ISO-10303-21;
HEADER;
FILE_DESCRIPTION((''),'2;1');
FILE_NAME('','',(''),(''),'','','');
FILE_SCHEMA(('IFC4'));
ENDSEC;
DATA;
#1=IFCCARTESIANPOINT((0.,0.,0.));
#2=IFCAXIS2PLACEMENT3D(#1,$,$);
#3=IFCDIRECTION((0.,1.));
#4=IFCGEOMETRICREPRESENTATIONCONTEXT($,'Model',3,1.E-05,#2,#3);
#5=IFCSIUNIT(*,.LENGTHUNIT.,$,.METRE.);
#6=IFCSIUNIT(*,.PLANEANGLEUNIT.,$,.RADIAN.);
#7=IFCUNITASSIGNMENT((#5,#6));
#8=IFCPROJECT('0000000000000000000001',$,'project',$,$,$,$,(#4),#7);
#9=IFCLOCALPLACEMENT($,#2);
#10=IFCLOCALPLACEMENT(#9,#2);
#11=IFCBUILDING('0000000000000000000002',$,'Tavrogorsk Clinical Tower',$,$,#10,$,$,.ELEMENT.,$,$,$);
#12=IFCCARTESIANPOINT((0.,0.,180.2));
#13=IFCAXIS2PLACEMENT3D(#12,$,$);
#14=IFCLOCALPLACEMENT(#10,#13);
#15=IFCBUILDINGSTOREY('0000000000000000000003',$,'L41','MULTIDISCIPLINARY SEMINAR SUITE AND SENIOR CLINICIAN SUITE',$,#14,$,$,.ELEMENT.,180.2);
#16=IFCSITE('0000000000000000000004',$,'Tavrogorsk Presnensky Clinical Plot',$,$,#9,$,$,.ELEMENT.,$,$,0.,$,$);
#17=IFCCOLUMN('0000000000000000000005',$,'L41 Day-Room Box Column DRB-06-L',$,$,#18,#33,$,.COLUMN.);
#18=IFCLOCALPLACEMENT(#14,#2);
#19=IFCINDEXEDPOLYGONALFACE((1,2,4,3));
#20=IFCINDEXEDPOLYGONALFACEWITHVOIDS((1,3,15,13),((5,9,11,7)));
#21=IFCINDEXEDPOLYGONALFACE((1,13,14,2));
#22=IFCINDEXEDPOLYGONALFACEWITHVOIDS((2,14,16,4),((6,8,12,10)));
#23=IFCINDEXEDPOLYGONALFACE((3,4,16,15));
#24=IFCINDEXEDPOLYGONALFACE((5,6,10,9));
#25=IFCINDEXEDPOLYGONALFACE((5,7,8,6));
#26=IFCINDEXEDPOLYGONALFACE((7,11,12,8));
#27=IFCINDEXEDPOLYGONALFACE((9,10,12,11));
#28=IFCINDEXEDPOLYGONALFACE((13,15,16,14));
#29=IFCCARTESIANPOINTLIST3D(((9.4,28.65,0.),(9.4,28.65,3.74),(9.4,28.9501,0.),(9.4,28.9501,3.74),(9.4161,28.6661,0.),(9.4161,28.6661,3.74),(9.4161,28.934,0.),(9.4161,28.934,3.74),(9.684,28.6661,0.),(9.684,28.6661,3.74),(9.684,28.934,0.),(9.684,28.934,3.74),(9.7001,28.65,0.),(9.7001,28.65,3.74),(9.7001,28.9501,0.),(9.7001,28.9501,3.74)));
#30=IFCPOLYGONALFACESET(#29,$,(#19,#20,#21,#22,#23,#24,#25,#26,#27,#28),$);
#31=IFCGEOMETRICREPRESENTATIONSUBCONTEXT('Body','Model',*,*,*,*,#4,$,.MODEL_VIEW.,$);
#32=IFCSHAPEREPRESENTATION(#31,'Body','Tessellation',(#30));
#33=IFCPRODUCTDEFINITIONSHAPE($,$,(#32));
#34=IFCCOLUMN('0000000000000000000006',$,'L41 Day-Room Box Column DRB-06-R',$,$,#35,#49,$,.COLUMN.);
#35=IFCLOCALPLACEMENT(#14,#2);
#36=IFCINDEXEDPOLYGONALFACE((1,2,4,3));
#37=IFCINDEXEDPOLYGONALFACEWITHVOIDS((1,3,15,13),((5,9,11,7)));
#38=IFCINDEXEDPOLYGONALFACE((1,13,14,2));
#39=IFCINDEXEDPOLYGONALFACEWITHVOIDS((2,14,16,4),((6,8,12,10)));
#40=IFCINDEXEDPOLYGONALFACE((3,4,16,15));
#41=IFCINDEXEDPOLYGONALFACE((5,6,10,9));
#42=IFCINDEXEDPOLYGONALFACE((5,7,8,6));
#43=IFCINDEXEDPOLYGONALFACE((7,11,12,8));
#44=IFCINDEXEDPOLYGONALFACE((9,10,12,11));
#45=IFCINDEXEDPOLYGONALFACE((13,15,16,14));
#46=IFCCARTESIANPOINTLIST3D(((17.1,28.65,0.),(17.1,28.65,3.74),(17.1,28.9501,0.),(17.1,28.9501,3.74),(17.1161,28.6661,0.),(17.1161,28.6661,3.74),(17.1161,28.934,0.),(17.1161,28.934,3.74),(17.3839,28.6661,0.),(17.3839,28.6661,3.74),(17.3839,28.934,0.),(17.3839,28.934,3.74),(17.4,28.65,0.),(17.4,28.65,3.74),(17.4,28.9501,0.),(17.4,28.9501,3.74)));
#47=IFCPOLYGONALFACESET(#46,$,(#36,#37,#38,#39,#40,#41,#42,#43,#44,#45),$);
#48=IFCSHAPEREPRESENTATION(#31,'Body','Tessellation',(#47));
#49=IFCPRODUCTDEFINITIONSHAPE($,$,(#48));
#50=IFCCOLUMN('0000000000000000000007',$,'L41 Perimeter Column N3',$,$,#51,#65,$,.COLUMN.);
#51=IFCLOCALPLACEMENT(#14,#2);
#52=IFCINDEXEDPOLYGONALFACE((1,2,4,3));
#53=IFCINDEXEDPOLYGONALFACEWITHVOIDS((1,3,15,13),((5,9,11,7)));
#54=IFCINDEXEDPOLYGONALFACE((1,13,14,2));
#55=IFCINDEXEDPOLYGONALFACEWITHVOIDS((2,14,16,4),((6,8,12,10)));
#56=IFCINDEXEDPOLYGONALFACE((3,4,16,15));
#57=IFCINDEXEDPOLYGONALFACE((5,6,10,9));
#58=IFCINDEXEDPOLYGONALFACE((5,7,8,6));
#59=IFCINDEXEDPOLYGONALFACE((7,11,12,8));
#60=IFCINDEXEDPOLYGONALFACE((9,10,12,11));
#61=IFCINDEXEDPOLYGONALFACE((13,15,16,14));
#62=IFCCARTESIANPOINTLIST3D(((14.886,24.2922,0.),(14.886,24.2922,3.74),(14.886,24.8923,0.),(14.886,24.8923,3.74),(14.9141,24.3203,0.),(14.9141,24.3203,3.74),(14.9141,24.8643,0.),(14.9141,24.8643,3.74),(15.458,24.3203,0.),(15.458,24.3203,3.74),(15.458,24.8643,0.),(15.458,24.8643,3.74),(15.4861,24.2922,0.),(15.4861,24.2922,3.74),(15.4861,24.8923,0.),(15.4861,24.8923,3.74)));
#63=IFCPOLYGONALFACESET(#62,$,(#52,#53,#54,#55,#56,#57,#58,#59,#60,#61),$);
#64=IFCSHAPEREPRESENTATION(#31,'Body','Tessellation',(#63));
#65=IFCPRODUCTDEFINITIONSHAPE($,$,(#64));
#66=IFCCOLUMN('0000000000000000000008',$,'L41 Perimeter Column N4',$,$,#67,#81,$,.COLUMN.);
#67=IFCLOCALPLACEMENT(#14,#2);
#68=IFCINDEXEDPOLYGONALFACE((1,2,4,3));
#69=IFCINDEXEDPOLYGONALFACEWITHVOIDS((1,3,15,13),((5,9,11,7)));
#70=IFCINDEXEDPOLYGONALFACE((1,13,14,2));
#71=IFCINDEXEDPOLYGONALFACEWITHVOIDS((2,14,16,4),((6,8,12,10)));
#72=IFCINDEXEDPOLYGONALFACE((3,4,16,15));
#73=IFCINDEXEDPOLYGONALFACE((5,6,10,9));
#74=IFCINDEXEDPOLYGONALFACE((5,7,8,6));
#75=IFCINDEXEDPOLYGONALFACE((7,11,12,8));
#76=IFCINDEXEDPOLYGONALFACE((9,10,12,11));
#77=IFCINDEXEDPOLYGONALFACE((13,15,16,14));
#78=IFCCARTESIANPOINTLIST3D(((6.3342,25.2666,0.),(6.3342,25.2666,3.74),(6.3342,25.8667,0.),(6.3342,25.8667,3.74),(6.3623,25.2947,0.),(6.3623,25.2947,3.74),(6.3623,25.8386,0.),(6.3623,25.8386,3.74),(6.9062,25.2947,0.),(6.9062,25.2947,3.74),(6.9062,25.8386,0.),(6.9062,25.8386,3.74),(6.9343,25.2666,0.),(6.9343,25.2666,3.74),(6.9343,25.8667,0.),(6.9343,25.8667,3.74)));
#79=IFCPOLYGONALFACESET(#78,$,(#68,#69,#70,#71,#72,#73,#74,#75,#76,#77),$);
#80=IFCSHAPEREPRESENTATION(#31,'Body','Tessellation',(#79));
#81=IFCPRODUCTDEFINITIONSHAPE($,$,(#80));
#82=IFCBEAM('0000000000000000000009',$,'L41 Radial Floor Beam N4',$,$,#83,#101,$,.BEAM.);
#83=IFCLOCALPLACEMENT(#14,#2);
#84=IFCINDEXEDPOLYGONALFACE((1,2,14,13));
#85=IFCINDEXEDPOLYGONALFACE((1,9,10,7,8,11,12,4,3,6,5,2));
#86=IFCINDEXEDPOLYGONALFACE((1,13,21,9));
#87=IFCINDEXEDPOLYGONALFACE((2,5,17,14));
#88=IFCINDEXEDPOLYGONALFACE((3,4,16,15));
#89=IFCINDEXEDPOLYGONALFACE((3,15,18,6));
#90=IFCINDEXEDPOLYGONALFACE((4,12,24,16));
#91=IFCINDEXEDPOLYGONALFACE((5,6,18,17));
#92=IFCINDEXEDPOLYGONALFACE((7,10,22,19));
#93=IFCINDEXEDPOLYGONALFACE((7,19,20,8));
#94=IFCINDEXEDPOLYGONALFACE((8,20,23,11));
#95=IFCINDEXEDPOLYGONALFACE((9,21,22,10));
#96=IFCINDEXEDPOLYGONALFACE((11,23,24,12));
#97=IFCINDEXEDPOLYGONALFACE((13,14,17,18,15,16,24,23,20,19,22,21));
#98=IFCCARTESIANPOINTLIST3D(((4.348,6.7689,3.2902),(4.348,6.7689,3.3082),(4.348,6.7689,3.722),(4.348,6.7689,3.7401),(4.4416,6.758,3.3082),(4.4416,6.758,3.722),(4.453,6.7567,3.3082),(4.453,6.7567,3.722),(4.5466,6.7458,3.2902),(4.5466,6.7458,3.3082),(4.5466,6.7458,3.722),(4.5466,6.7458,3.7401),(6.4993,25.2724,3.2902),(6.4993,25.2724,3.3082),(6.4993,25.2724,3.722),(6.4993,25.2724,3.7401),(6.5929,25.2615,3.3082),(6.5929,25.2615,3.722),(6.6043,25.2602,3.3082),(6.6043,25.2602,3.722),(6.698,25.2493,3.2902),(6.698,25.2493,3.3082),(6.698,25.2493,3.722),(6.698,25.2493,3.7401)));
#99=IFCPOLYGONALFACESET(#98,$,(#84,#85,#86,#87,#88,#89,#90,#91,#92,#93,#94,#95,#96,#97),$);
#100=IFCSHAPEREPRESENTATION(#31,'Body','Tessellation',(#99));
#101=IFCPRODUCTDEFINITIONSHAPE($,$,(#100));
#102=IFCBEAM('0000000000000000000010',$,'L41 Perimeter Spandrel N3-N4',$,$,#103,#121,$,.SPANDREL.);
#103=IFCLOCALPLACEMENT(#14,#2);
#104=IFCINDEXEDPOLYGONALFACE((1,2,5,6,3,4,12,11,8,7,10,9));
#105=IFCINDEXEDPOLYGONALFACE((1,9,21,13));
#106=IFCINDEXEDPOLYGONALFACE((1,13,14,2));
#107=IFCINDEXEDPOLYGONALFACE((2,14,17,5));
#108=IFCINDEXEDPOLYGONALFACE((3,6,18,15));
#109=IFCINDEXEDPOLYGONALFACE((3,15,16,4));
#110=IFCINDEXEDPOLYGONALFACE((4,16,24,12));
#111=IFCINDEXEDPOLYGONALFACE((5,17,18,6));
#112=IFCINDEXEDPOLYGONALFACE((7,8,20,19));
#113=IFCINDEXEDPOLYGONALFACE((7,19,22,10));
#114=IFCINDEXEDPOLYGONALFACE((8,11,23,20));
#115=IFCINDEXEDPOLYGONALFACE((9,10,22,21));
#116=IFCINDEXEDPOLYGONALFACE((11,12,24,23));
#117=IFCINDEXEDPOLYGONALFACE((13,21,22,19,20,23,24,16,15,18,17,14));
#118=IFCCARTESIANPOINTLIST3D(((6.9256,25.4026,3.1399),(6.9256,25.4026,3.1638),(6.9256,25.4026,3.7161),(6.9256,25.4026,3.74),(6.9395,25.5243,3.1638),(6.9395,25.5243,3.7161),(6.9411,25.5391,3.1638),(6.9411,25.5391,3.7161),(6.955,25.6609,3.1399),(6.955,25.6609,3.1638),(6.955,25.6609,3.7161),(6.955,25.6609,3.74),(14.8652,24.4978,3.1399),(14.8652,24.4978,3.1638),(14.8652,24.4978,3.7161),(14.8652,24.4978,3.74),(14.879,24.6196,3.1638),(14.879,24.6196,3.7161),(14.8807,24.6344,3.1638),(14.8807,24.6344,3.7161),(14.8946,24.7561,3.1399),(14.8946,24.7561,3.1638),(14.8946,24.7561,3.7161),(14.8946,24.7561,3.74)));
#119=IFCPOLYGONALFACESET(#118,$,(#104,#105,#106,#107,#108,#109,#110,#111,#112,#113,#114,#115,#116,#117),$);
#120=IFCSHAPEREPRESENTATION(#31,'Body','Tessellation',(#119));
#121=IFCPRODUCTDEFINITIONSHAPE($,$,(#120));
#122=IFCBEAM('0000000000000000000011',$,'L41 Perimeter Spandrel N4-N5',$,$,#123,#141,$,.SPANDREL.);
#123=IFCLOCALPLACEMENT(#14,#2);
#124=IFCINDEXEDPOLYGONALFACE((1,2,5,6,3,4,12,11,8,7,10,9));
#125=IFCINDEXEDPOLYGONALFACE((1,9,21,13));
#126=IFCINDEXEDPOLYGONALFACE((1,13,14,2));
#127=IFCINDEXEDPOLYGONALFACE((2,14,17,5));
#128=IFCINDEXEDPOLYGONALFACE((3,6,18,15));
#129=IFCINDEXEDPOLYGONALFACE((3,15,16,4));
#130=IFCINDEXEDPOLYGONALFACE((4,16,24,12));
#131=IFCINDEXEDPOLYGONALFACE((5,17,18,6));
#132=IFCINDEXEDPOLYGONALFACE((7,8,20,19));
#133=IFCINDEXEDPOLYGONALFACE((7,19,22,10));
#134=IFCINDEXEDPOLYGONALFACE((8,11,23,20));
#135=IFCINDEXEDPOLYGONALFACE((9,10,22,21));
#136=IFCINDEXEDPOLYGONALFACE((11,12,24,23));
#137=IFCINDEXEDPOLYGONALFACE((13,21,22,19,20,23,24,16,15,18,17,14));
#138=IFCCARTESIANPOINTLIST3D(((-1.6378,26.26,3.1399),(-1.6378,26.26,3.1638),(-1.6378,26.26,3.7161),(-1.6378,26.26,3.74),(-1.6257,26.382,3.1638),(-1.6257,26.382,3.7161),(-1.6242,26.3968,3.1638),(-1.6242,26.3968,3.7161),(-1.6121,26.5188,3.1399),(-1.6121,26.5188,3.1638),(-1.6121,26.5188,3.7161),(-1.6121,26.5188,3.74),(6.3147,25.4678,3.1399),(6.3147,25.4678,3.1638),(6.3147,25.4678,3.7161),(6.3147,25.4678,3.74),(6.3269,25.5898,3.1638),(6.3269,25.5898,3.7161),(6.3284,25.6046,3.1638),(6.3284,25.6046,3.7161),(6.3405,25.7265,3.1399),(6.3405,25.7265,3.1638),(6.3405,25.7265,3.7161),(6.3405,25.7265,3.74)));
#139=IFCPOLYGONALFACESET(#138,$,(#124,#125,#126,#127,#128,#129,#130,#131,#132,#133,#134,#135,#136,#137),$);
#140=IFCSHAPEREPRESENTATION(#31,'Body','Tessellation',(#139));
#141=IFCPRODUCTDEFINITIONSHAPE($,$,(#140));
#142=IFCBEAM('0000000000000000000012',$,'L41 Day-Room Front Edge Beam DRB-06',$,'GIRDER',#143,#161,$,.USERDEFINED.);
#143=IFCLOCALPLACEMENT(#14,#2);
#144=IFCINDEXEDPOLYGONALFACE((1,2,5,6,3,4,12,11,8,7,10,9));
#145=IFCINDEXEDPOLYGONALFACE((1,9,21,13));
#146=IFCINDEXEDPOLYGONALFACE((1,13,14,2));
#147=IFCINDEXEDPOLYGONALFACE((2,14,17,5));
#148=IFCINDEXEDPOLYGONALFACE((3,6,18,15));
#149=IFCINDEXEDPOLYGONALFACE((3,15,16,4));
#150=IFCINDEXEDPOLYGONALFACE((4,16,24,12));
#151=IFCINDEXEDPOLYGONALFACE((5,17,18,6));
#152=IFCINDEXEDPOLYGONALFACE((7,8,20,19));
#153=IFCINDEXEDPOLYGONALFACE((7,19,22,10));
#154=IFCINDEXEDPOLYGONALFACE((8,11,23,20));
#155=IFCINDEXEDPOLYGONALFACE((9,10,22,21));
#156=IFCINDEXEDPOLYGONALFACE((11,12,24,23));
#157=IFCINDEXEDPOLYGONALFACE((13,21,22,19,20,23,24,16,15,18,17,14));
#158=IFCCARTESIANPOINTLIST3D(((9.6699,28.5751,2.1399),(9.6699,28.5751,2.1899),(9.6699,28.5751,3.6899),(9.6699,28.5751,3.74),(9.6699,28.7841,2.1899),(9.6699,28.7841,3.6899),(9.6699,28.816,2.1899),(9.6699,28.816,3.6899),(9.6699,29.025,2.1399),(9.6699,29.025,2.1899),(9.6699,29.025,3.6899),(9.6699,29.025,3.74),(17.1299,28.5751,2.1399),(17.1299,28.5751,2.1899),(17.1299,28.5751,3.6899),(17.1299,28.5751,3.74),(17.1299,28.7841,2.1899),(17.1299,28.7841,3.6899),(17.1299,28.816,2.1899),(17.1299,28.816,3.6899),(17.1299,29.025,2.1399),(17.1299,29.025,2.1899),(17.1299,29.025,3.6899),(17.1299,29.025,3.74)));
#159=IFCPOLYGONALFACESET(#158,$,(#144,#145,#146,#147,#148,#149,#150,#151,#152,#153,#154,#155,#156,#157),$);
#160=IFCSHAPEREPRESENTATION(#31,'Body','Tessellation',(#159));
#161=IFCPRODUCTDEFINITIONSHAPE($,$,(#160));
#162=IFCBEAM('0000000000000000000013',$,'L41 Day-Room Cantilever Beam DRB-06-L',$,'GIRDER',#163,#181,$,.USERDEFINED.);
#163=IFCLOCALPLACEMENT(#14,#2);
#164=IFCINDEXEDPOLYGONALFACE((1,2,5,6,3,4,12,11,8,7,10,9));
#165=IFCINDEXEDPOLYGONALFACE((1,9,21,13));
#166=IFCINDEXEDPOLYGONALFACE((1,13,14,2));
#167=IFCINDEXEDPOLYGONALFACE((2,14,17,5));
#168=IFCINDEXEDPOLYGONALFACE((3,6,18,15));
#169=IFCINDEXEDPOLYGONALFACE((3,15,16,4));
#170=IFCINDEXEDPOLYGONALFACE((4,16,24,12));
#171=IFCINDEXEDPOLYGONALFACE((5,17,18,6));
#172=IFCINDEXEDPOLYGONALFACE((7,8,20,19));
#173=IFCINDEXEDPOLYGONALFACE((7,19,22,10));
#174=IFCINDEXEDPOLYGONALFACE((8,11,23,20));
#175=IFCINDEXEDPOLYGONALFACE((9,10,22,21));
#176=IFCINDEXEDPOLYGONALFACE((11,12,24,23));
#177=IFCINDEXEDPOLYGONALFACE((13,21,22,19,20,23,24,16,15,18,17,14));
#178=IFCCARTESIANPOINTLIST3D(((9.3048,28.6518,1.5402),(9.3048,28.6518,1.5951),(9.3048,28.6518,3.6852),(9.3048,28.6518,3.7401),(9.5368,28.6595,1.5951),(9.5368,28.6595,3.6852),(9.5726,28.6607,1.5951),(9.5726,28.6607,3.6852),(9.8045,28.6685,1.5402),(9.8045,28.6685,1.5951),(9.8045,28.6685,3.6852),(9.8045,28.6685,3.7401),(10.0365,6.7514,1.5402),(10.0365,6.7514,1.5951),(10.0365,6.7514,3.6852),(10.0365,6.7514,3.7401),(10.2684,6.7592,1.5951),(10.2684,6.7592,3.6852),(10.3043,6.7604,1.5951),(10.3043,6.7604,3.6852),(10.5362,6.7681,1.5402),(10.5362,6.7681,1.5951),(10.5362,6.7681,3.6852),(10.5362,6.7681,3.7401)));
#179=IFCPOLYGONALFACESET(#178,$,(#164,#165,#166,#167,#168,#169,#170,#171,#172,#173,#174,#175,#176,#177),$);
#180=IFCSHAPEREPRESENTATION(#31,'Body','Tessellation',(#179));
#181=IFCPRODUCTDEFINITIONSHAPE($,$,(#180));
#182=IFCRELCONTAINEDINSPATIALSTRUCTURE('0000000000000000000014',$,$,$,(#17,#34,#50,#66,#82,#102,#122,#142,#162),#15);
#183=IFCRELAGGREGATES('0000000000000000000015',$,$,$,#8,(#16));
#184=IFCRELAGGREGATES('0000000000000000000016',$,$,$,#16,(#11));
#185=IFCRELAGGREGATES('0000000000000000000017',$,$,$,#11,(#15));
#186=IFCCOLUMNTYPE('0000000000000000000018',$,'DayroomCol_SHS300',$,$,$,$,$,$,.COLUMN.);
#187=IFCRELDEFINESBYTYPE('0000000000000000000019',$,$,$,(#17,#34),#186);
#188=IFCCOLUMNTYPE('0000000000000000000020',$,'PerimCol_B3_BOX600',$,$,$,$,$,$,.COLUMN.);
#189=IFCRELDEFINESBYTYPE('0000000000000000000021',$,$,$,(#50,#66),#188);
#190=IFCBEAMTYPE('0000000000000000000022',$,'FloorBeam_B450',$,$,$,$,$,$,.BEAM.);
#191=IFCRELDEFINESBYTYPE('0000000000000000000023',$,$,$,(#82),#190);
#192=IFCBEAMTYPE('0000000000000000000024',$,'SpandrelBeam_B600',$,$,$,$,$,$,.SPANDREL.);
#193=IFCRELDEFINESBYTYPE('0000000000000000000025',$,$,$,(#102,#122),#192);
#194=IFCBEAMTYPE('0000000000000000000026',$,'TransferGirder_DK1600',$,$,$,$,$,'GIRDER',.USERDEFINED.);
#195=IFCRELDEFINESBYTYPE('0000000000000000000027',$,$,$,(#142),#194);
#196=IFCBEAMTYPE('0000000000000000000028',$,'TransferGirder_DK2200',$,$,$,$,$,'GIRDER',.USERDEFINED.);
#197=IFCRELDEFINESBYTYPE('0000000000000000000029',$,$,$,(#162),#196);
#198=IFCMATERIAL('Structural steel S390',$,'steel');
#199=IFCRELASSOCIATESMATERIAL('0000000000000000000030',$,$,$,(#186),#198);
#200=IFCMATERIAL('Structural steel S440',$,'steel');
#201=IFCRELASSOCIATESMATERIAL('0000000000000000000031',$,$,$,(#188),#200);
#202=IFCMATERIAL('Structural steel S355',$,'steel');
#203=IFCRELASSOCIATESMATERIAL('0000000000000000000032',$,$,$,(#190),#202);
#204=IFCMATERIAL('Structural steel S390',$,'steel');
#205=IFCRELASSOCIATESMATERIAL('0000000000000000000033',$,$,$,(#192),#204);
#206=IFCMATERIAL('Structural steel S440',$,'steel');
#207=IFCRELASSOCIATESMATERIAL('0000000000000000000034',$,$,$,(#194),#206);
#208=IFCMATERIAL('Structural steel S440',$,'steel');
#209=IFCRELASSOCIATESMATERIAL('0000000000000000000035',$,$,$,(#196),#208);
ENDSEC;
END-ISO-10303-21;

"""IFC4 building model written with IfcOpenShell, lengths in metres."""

from ifc_helpers import new_model, si_unit, direction, frame, origin, origin_2d, place, context, subcontext, project, spatial, hollow_rectangle, i_section, extrude, material, material_profile, profile_set, type_object, element, save


model = new_model("IFC4")

# Units and contexts
model_context = context("Model", 3, precision=1e-05, world=origin(), true_north=direction((0.0, 1.0)))
body_context = subcontext(model_context, "Body", "Model", "MODEL_VIEW")
ifc_project = project(units=[si_unit("LENGTHUNIT", "METRE"), si_unit("PLANEANGLEUNIT", "RADIAN")], contexts=[model_context])

# Site, building, storey
site_placement = place(None, origin())
site = spatial("IfcSite", under=ifc_project, at=site_placement, Name="Tavrogorsk Presnensky Clinical Plot", CompositionType="ELEMENT", RefElevation=0.0)
building_placement = place(site_placement, origin())
building = spatial("IfcBuilding", under=site, at=building_placement, Name="Tavrogorsk Clinical Tower", CompositionType="ELEMENT")
storey_placement = place(building_placement, frame((0.0, 0.0, 180.2)))
storey = spatial("IfcBuildingStorey", under=building, at=storey_placement, Name="L41", Description="MULTIDISCIPLINARY SEMINAR SUITE AND SENIOR CLINICIAN SUITE", CompositionType="ELEMENT", Elevation=180.2)

# Columns
ifc_material_1 = material(Name="Structural steel S390", Category="steel")
ifc_material_profile_1 = material_profile(ifc_material_1, hollow_rectangle(XDim=0.3, YDim=0.3, WallThickness=0.0161, at=origin_2d()), Name="SHS-300x300x16")
ifc_profile_set_1 = profile_set([ifc_material_profile_1], Name="Structural steel S390")
column_type_1 = type_object("IfcColumnType", Name="DayroomCol_SHS300", PredefinedType="COLUMN", material=ifc_profile_set_1)
for number, where, z_axis, x_axis, name in (
    (1, (9.55, 28.8, 0.0), (0.0, 0.0, 1.0), (1.0, 0.0, 0.0), "L41 Day-Room Box Column DRB-06-L"),
    (2, (17.25, 28.8, 0.0), (0.0, 0.0, 1.0), (1.0, 0.0, 0.0), "L41 Day-Room Box Column DRB-06-R"),
):
    element("IfcColumn", number, at=place(storey_placement, frame(where, z_axis=z_axis, x_axis=x_axis)), inside=storey, type_object=column_type_1, Name=name, PredefinedType="COLUMN", context=body_context, shape_type="SweptSolid", body=[
        extrude(hollow_rectangle(XDim=0.3, YDim=0.3, WallThickness=0.0161, at=origin_2d()), origin(), (0.0, 0.0, 1.0), 3.74),
    ])
ifc_material_2 = material(Name="Structural steel S440", Category="steel")
ifc_material_profile_2 = material_profile(ifc_material_2, hollow_rectangle(XDim=0.6001, YDim=0.6001, WallThickness=0.0281, at=origin_2d()), Name="BOX-600x600x28")
ifc_profile_set_2 = profile_set([ifc_material_profile_2], Name="Structural steel S440")
column_type_2 = type_object("IfcColumnType", Name="PerimCol_B3_BOX600", PredefinedType="COLUMN", material=ifc_profile_set_2)
for number, where, z_axis, x_axis, name in (
    (3, (15.186, 24.5923, 0.0), (0.0, 0.0, 1.0), (1.0, 0.0, 0.0), "L41 Perimeter Column N3"),
    (4, (6.6343, 25.5667, 0.0), (0.0, 0.0, 1.0), (1.0, 0.0, 0.0), "L41 Perimeter Column N4"),
):
    element("IfcColumn", number, at=place(storey_placement, frame(where, z_axis=z_axis, x_axis=x_axis)), inside=storey, type_object=column_type_2, Name=name, PredefinedType="COLUMN", context=body_context, shape_type="SweptSolid", body=[
        extrude(hollow_rectangle(XDim=0.6001, YDim=0.6001, WallThickness=0.0281, at=origin_2d()), origin(), (0.0, 0.0, 1.0), 3.74),
    ])

# Beams
ifc_material_3 = material(Name="Structural steel S355", Category="steel")
ifc_material_profile_3 = material_profile(ifc_material_3, i_section(OverallWidth=0.2, OverallDepth=0.45, WebThickness=0.0115, FlangeThickness=0.0181, at=origin_2d()), Name="B-450x200x11.5x18")
ifc_profile_set_3 = profile_set([ifc_material_profile_3], Name="Structural steel S355")
beam_type_1 = type_object("IfcBeamType", Name="FloorBeam_B450", PredefinedType="BEAM", material=ifc_profile_set_3)
beam_1_placement = place(storey_placement, frame((4.4473, 6.7573, 3.5151), z_axis=(0.115491, 0.993309, 0.0), x_axis=(-0.993309, 0.115491, 0.0)))
element("IfcBeam", 5, at=beam_1_placement, inside=storey, type_object=beam_type_1, Name="L41 Radial Floor Beam N4", PredefinedType="BEAM", context=body_context, shape_type="SweptSolid", body=[
    extrude(i_section(OverallWidth=0.2, OverallDepth=0.45, WebThickness=0.0115, FlangeThickness=0.0181, at=origin_2d()), origin(), (0.0, 0.0, 1.0), 18.6282),
])
ifc_material_4 = material(Name="Structural steel S390", Category="steel")
ifc_material_profile_4 = material_profile(ifc_material_4, i_section(OverallWidth=0.26, OverallDepth=0.6001, WebThickness=0.0149, FlangeThickness=0.0239, at=origin_2d()), Name="B-600x260x15x24")
ifc_profile_set_4 = profile_set([ifc_material_profile_4], Name="Structural steel S390")
beam_type_2 = type_object("IfcBeamType", Name="SpandrelBeam_B600", PredefinedType="SPANDREL", material=ifc_profile_set_4)
beam_2_placement = place(storey_placement, frame((14.8799, 24.627, 3.4399), z_axis=(-0.993569, 0.113224, 0.0), x_axis=(-0.113224, -0.993569, 0.0)))
element("IfcBeam", 6, at=beam_2_placement, inside=storey, type_object=beam_type_2, Name="L41 Perimeter Spandrel N3-N4", PredefinedType="SPANDREL", context=body_context, shape_type="SweptSolid", body=[
    extrude(i_section(OverallWidth=0.26, OverallDepth=0.6001, WebThickness=0.0149, FlangeThickness=0.0239, at=origin_2d()), origin(), (0.0, 0.0, 1.0), 7.991),
])
beam_3_placement = place(storey_placement, frame((6.3276, 25.5972, 3.4399), z_axis=(-0.995075, 0.099129, 0.0), x_axis=(-0.099129, -0.995075, 0.0)))
element("IfcBeam", 7, at=beam_3_placement, inside=storey, type_object=beam_type_2, Name="L41 Perimeter Spandrel N4-N5", PredefinedType="SPANDREL", context=body_context, shape_type="SweptSolid", body=[
    extrude(i_section(OverallWidth=0.26, OverallDepth=0.6001, WebThickness=0.0149, FlangeThickness=0.0239, at=origin_2d()), origin(), (0.0, 0.0, 1.0), 7.9919),
])
ifc_material_5 = material(Name="Structural steel S440", Category="steel")
ifc_material_profile_5 = material_profile(ifc_material_5, i_section(OverallWidth=0.45, OverallDepth=1.6001, WebThickness=0.032, FlangeThickness=0.05, at=origin_2d()), Name="DK-1600x450x32x50")
ifc_profile_set_5 = profile_set([ifc_material_profile_5], Name="Structural steel S440")
beam_type_3 = type_object("IfcBeamType", Name="TransferGirder_DK1600", ElementType="GIRDER", PredefinedType="USERDEFINED", material=ifc_profile_set_5)
beam_4_placement = place(storey_placement, frame((9.6699, 28.8, 2.9399), z_axis=(1.0, 0.0, 0.0), x_axis=(0.0, 1.0, 0.0)))
element("IfcBeam", 8, at=beam_4_placement, inside=storey, type_object=beam_type_3, Name="L41 Day-Room Front Edge Beam DRB-06", ObjectType="GIRDER", PredefinedType="USERDEFINED", context=body_context, shape_type="SweptSolid", body=[
    extrude(i_section(OverallWidth=0.45, OverallDepth=1.6001, WebThickness=0.032, FlangeThickness=0.05, at=origin_2d()), origin(), (0.0, 0.0, 1.0), 7.46),
])
ifc_material_6 = material(Name="Structural steel S440", Category="steel")
ifc_material_profile_6 = material_profile(ifc_material_6, i_section(OverallWidth=0.5, OverallDepth=2.2, WebThickness=0.0359, FlangeThickness=0.0549, at=origin_2d()), Name="DK-2200x500x36x55")
ifc_profile_set_6 = profile_set([ifc_material_profile_6], Name="Structural steel S440")
beam_type_4 = type_object("IfcBeamType", Name="TransferGirder_DK2200", ElementType="GIRDER", PredefinedType="USERDEFINED", material=ifc_profile_set_6)
beam_5_placement = place(storey_placement, frame((10.2864, 6.7598, 2.6401), z_axis=(-0.033391, 0.999442, 0.0), x_axis=(-0.999442, -0.033391, 0.0)))
element("IfcBeam", 9, at=beam_5_placement, inside=storey, type_object=beam_type_4, Name="L41 Day-Room Cantilever Beam DRB-06-L", ObjectType="GIRDER", PredefinedType="USERDEFINED", context=body_context, shape_type="SweptSolid", body=[
    extrude(i_section(OverallWidth=0.5, OverallDepth=2.2, WebThickness=0.0359, FlangeThickness=0.0549, at=origin_2d()), origin(), (0.0, 0.0, 1.0), 21.9126),
])

save(model, "model.ifc")
